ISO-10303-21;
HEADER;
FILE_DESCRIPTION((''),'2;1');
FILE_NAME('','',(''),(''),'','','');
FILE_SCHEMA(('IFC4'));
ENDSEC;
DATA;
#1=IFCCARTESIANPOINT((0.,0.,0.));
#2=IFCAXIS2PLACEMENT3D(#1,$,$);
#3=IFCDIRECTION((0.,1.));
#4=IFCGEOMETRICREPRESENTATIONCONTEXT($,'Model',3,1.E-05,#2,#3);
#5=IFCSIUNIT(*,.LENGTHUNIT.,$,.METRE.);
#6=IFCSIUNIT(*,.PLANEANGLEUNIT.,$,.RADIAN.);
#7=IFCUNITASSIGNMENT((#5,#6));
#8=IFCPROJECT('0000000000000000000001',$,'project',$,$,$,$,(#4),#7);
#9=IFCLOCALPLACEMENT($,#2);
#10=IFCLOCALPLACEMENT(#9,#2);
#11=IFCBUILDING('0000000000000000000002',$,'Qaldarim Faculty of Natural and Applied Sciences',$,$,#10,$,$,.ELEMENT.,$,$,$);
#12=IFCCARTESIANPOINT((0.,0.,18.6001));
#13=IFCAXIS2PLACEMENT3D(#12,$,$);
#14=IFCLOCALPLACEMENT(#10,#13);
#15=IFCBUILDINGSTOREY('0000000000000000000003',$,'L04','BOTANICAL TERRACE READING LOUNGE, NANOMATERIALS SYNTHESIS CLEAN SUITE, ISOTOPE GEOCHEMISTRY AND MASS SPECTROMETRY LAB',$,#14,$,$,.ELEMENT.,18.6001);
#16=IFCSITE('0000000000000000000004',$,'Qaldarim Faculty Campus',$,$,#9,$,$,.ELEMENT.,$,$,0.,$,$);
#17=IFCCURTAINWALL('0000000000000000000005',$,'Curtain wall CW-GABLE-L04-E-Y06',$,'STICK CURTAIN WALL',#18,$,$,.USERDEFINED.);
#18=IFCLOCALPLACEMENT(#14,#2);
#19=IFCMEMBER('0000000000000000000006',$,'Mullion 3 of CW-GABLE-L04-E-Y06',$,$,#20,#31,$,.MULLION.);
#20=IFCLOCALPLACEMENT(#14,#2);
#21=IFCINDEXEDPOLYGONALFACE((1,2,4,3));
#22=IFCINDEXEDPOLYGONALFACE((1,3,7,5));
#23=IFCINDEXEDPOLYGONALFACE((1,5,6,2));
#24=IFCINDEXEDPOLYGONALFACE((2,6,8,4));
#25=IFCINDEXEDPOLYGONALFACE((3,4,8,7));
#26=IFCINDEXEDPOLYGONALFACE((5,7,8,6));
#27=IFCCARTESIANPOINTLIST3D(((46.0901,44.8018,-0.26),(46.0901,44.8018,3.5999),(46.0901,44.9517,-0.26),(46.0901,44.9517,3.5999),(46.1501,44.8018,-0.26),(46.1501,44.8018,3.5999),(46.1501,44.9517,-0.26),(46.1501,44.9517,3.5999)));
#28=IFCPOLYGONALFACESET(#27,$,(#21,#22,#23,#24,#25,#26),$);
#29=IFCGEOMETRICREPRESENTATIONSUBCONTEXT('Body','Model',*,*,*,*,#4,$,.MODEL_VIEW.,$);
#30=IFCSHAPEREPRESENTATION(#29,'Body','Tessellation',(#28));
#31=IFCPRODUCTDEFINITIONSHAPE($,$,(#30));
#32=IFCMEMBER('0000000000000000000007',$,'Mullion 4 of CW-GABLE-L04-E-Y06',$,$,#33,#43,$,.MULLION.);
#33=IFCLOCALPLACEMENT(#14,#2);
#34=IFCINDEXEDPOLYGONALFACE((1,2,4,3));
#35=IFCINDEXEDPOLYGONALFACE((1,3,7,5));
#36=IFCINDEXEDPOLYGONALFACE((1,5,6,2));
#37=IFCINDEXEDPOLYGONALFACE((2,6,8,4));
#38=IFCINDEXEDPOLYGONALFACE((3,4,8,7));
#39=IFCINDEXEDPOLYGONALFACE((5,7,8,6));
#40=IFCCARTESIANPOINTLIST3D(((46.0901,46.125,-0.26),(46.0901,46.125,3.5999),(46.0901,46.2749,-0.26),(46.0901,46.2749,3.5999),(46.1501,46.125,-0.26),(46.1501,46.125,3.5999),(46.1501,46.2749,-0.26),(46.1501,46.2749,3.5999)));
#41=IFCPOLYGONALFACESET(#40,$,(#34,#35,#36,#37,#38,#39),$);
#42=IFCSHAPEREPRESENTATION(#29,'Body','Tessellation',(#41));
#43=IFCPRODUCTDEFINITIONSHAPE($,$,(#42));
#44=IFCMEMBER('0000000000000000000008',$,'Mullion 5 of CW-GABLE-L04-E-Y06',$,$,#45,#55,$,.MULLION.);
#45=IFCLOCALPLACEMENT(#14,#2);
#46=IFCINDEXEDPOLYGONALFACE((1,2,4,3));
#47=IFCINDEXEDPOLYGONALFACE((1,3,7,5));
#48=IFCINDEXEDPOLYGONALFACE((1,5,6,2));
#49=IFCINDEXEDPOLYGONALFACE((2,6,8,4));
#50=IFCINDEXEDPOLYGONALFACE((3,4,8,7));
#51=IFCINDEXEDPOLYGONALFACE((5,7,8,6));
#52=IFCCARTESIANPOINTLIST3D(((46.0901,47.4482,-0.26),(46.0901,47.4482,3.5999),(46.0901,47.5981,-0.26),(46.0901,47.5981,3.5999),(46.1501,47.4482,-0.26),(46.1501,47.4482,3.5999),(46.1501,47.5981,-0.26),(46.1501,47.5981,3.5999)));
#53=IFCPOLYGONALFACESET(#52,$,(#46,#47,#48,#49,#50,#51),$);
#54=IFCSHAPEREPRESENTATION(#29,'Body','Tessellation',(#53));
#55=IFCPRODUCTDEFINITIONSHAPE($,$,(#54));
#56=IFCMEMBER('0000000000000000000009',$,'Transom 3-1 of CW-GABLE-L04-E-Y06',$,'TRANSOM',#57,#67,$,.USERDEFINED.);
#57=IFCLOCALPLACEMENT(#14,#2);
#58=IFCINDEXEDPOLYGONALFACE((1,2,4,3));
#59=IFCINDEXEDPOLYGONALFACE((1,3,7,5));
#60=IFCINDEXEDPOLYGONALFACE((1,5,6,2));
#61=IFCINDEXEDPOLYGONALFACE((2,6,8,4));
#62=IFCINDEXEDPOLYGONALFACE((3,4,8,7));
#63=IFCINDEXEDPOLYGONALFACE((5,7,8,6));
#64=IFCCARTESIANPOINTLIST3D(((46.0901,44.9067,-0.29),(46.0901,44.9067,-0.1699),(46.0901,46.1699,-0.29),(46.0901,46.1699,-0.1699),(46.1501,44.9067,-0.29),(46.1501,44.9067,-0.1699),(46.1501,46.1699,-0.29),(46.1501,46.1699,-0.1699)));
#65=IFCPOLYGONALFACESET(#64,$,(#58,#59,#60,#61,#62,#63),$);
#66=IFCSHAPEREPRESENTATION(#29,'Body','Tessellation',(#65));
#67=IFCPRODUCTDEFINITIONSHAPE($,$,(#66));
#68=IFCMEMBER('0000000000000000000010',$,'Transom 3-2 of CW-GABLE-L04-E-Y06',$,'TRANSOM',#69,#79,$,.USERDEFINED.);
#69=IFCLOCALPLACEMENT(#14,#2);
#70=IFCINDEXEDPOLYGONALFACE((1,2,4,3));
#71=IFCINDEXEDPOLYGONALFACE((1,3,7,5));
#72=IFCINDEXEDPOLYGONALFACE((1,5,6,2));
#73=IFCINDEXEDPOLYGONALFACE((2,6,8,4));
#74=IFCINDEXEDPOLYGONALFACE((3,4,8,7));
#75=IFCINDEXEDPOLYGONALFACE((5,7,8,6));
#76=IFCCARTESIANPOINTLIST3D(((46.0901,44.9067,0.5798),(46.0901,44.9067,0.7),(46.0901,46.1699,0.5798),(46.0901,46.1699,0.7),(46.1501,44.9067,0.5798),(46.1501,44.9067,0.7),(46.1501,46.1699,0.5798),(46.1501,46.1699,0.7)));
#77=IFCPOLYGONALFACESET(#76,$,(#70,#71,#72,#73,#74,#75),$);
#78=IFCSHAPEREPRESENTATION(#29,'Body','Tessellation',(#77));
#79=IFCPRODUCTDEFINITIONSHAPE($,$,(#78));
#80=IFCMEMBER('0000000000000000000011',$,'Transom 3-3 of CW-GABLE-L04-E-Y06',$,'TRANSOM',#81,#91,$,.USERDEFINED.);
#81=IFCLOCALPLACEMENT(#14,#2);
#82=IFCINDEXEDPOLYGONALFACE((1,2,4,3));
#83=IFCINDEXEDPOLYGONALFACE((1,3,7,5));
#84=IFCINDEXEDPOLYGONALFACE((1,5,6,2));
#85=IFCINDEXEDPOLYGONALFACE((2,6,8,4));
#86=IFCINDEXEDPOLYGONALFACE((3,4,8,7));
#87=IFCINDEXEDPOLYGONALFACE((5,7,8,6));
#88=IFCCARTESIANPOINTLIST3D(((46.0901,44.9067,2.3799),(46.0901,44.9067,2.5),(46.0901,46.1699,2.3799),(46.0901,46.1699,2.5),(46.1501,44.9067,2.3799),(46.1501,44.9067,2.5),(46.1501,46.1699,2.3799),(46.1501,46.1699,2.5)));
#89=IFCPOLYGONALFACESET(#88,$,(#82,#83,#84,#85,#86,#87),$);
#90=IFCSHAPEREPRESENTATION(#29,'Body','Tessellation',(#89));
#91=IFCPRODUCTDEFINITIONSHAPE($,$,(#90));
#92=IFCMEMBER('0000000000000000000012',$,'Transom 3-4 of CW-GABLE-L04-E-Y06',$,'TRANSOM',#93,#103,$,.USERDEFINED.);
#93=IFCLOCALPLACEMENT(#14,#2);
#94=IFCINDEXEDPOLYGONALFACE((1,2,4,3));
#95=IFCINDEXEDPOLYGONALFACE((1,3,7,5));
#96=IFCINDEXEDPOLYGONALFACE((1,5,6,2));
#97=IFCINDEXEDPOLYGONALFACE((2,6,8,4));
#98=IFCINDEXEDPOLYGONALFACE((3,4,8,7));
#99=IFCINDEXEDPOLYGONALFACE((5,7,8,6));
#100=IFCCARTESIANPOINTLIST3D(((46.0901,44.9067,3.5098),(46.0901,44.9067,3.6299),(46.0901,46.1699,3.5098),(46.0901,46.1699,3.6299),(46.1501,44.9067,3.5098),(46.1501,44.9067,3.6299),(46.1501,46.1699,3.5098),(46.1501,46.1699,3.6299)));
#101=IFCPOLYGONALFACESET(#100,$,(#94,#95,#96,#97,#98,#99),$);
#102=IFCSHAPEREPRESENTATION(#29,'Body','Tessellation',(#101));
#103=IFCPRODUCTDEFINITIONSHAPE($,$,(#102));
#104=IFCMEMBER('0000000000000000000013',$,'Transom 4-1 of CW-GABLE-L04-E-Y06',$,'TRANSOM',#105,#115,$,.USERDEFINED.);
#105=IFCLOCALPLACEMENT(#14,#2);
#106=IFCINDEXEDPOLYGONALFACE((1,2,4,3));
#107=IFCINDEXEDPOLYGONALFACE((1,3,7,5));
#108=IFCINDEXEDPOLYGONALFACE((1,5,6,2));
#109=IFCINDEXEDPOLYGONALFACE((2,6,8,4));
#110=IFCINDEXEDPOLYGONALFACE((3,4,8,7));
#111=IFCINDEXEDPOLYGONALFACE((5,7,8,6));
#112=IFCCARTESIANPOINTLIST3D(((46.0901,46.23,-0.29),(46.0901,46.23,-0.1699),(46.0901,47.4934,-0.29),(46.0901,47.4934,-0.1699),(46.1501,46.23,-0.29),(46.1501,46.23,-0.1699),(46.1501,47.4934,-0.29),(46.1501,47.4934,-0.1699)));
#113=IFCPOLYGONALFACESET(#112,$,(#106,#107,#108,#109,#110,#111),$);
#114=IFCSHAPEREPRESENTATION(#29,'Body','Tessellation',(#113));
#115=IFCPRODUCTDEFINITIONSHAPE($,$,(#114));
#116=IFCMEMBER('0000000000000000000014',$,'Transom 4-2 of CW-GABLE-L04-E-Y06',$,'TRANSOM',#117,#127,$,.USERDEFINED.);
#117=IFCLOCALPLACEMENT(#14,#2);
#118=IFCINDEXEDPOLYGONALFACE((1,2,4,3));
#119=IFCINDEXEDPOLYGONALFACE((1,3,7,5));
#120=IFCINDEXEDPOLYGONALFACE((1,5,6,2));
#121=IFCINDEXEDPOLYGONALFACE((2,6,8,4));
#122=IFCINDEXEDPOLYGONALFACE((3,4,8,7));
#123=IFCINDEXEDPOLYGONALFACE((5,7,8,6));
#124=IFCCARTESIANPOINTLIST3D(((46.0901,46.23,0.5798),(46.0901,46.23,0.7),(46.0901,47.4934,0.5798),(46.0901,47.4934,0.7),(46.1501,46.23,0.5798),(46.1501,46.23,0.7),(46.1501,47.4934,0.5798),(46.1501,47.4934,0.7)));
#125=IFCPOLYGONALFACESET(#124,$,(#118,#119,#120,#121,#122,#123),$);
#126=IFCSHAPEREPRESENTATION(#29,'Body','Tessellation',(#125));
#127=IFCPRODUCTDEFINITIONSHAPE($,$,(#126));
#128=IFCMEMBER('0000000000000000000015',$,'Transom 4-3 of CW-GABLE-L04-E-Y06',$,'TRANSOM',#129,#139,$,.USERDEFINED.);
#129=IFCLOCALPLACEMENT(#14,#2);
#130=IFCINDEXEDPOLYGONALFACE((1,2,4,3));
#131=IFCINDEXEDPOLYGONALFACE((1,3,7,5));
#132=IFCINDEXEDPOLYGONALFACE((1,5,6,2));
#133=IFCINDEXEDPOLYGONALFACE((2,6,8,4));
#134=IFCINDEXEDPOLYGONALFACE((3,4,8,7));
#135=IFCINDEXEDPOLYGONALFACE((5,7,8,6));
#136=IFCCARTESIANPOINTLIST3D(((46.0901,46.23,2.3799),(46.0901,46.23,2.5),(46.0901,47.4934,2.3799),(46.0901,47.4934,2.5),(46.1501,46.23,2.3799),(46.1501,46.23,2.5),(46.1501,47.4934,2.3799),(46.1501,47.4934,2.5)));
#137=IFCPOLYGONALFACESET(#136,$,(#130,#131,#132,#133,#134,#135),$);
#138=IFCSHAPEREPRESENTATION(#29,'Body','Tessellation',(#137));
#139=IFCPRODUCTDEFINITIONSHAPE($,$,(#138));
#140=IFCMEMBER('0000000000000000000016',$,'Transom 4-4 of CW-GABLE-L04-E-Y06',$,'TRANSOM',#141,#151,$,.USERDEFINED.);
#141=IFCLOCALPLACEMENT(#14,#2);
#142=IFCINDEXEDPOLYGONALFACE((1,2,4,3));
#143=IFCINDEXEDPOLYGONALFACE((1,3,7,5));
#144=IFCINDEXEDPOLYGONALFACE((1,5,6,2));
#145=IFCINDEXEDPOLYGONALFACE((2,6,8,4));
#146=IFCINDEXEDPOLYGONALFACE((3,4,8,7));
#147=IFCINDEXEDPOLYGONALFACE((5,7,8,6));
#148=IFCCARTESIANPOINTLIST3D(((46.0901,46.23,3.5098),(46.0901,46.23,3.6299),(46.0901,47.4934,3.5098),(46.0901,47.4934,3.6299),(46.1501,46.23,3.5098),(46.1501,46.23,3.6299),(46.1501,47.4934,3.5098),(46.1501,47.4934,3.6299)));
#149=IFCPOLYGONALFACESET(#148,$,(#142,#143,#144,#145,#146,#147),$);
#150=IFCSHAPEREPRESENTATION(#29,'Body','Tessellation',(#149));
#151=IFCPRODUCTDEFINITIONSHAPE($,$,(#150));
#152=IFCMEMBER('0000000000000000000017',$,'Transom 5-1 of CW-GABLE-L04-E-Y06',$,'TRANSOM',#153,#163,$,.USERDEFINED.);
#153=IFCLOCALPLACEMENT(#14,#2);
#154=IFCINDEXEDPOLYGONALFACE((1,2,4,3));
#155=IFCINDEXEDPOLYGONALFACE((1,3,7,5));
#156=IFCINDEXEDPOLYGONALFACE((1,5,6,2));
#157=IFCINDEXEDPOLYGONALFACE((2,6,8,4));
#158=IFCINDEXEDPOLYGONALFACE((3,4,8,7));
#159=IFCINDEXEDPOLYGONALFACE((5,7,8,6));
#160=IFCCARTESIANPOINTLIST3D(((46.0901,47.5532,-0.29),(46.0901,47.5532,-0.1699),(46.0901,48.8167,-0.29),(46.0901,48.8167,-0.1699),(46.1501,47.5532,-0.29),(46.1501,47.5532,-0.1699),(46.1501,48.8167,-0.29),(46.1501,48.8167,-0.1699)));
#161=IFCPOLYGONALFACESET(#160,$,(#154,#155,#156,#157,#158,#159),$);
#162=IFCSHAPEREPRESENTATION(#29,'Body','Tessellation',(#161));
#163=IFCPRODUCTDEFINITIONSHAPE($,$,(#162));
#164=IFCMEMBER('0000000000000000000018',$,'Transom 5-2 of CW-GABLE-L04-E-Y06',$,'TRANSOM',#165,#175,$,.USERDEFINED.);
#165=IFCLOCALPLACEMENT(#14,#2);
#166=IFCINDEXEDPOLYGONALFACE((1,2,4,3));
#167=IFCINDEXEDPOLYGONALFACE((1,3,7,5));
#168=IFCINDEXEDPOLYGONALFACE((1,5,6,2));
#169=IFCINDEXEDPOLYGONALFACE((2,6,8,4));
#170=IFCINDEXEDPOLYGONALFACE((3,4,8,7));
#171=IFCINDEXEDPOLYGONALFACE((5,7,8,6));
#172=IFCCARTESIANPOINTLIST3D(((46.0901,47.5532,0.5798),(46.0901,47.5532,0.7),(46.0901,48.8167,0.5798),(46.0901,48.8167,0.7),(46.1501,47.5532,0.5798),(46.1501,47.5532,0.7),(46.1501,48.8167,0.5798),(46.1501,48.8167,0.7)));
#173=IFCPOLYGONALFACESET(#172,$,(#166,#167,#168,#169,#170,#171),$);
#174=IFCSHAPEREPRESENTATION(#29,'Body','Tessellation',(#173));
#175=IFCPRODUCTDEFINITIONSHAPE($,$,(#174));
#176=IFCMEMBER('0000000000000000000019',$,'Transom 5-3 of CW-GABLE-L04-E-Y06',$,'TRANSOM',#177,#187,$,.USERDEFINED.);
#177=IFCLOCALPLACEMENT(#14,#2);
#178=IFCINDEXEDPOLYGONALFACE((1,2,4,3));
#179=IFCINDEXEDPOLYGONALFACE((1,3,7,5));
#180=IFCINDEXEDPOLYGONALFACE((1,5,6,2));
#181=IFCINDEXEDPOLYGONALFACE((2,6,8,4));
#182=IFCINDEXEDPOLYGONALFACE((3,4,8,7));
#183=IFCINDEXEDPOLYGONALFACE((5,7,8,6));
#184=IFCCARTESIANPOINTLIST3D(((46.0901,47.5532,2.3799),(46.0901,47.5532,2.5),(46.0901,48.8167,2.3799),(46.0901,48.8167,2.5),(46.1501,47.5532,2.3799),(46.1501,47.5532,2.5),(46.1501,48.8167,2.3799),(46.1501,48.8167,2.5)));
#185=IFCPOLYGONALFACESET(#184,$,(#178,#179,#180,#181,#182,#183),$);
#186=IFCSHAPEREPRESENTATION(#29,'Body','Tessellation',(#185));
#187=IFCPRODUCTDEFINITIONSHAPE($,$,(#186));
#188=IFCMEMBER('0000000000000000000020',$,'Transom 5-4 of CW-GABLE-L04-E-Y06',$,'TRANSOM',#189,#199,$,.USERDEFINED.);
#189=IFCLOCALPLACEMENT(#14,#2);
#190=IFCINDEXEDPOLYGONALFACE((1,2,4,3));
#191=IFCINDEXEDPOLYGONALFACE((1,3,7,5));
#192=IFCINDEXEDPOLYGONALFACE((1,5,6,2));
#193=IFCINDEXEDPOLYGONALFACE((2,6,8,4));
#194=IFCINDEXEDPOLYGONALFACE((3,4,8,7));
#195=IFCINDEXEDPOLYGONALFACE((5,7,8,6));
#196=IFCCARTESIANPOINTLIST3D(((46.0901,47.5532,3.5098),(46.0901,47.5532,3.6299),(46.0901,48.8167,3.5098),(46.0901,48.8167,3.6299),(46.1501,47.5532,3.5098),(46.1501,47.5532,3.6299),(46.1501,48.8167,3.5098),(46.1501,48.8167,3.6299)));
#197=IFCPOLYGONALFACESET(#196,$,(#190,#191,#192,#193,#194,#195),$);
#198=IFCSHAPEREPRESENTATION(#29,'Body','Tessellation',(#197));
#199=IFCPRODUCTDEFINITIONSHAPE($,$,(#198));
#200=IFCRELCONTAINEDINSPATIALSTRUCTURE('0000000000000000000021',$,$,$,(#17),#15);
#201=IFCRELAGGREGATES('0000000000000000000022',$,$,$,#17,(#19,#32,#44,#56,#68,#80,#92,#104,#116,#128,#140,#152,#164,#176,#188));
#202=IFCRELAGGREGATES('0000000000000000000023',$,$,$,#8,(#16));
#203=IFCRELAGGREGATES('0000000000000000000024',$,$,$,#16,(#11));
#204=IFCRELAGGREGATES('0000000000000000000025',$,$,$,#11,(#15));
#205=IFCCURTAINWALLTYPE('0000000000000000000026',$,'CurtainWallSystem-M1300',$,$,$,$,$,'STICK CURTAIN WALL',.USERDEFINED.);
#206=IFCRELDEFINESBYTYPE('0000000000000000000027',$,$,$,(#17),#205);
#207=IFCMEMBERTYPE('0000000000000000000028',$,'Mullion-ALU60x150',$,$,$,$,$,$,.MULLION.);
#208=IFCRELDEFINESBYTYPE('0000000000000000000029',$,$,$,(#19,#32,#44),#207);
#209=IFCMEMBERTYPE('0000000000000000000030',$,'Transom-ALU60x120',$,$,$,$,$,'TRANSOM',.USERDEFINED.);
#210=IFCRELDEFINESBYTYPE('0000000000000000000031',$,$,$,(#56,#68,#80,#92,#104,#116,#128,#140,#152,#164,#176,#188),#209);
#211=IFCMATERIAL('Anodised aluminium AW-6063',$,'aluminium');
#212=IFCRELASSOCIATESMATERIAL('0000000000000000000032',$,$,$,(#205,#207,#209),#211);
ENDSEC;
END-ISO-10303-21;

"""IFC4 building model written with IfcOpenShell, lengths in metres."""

from ifc_helpers import new_model, si_unit, direction, frame, origin, origin_2d, place, context, subcontext, project, spatial, rectangle, extrude, material, material_profile, profile_set, type_object, element, aggregate, save


model = new_model("IFC4")

# Units and contexts
model_context = context("Model", 3, precision=1e-05, world=origin(), true_north=direction((0.0, 1.0)))
body_context = subcontext(model_context, "Body", "Model", "MODEL_VIEW")
ifc_project = project(units=[si_unit("LENGTHUNIT", "METRE"), si_unit("PLANEANGLEUNIT", "RADIAN")], contexts=[model_context])

# Site, building, storey
site_placement = place(None, origin())
site = spatial("IfcSite", under=ifc_project, at=site_placement, Name="Qaldarim Faculty Campus", CompositionType="ELEMENT", RefElevation=0.0)
building_placement = place(site_placement, origin())
building = spatial("IfcBuilding", under=site, at=building_placement, Name="Qaldarim Faculty of Natural and Applied Sciences", CompositionType="ELEMENT")
storey_placement = place(building_placement, frame((0.0, 0.0, 18.6001)))
storey = spatial("IfcBuildingStorey", under=building, at=storey_placement, Name="L04", Description="BOTANICAL TERRACE READING LOUNGE, NANOMATERIALS SYNTHESIS CLEAN SUITE, ISOTOPE GEOCHEMISTRY AND MASS SPECTROMETRY LAB", CompositionType="ELEMENT", Elevation=18.6001)

# Curtain wall, members
ifc_material_1 = material(Name="Anodised aluminium AW-6063", Category="aluminium")
curtain_wall_type = type_object("IfcCurtainWallType", Name="CurtainWallSystem-M1300", ElementType="STICK CURTAIN WALL", PredefinedType="USERDEFINED", material=ifc_material_1)
curtain_wall_placement = place(storey_placement, origin())
curtain_wall = element("IfcCurtainWall", 1, at=curtain_wall_placement, inside=storey, type_object=curtain_wall_type, Name="Curtain wall CW-GABLE-L04-E-Y06", ObjectType="STICK CURTAIN WALL", PredefinedType="USERDEFINED")
ifc_material_profile_1 = material_profile(ifc_material_1, rectangle(XDim=0.0601, YDim=0.1499, at=origin_2d()), Name="ALU-M60x150")
ifc_profile_set_1 = profile_set([ifc_material_profile_1], Name="Anodised aluminium AW-6063")
member_type_1 = type_object("IfcMemberType", Name="Mullion-ALU60x150", PredefinedType="MULLION", material=ifc_profile_set_1)
member_1_placement = place(storey_placement, frame((46.1201, 44.8767, -0.26), z_axis=(0.0, 0.0, 1.0), x_axis=(-1.0, 0.0, 0.0)))
member_1 = element("IfcMember", 2, at=member_1_placement, type_object=member_type_1, Name="Mullion 3 of CW-GABLE-L04-E-Y06", PredefinedType="MULLION", context=body_context, shape_type="SweptSolid", body=[
    extrude(rectangle(XDim=0.0601, YDim=0.1499, at=origin_2d()), origin(), (0.0, 0.0, 1.0), 3.8599),
])
member_2_placement = place(storey_placement, frame((46.1201, 46.2, -0.26), z_axis=(0.0, 0.0, 1.0), x_axis=(-1.0, 0.0, 0.0)))
member_2 = element("IfcMember", 3, at=member_2_placement, type_object=member_type_1, Name="Mullion 4 of CW-GABLE-L04-E-Y06", PredefinedType="MULLION", context=body_context, shape_type="SweptSolid", body=[
    extrude(rectangle(XDim=0.0601, YDim=0.1499, at=origin_2d()), origin(), (0.0, 0.0, 1.0), 3.8599),
])
member_3_placement = place(storey_placement, frame((46.1201, 47.5232, -0.26), z_axis=(0.0, 0.0, 1.0), x_axis=(-1.0, 0.0, 0.0)))
member_3 = element("IfcMember", 4, at=member_3_placement, type_object=member_type_1, Name="Mullion 5 of CW-GABLE-L04-E-Y06", PredefinedType="MULLION", context=body_context, shape_type="SweptSolid", body=[
    extrude(rectangle(XDim=0.0601, YDim=0.1499, at=origin_2d()), origin(), (0.0, 0.0, 1.0), 3.8599),
])
ifc_material_profile_2 = material_profile(ifc_material_1, rectangle(XDim=0.0601, YDim=0.1201, at=origin_2d()), Name="ALU-T60x120")
ifc_profile_set_2 = profile_set([ifc_material_profile_2], Name="Anodised aluminium AW-6063")
member_type_2 = type_object("IfcMemberType", Name="Transom-ALU60x120", ElementType="TRANSOM", PredefinedType="USERDEFINED", material=ifc_profile_set_2)
member_4_placement = place(storey_placement, frame((46.1201, 44.9067, -0.23), z_axis=(0.0, 1.0, 0.0), x_axis=(-1.0, 0.0, 0.0)))
member_4 = element("IfcMember", 5, at=member_4_placement, type_object=member_type_2, Name="Transom 3-1 of CW-GABLE-L04-E-Y06", ObjectType="TRANSOM", PredefinedType="USERDEFINED", context=body_context, shape_type="SweptSolid", body=[
    extrude(rectangle(XDim=0.0601, YDim=0.1201, at=origin_2d()), origin(), (0.0, 0.0, 1.0), 1.2632),
])
member_5_placement = place(storey_placement, frame((46.1201, 44.9067, 0.6399), z_axis=(0.0, 1.0, 0.0), x_axis=(-1.0, 0.0, 0.0)))
member_5 = element("IfcMember", 6, at=member_5_placement, type_object=member_type_2, Name="Transom 3-2 of CW-GABLE-L04-E-Y06", ObjectType="TRANSOM", PredefinedType="USERDEFINED", context=body_context, shape_type="SweptSolid", body=[
    extrude(rectangle(XDim=0.0601, YDim=0.1201, at=origin_2d()), origin(), (0.0, 0.0, 1.0), 1.2632),
])
member_6_placement = place(storey_placement, frame((46.1201, 44.9067, 2.4399), z_axis=(0.0, 1.0, 0.0), x_axis=(-1.0, 0.0, 0.0)))
member_6 = element("IfcMember", 7, at=member_6_placement, type_object=member_type_2, Name="Transom 3-3 of CW-GABLE-L04-E-Y06", ObjectType="TRANSOM", PredefinedType="USERDEFINED", context=body_context, shape_type="SweptSolid", body=[
    extrude(rectangle(XDim=0.0601, YDim=0.1201, at=origin_2d()), origin(), (0.0, 0.0, 1.0), 1.2632),
])
member_7_placement = place(storey_placement, frame((46.1201, 44.9067, 3.5698), z_axis=(0.0, 1.0, 0.0), x_axis=(-1.0, 0.0, 0.0)))
member_7 = element("IfcMember", 8, at=member_7_placement, type_object=member_type_2, Name="Transom 3-4 of CW-GABLE-L04-E-Y06", ObjectType="TRANSOM", PredefinedType="USERDEFINED", context=body_context, shape_type="SweptSolid", body=[
    extrude(rectangle(XDim=0.0601, YDim=0.1201, at=origin_2d()), origin(), (0.0, 0.0, 1.0), 1.2632),
])
member_8_placement = place(storey_placement, frame((46.1201, 46.23, -0.23), z_axis=(0.0, 1.0, 0.0), x_axis=(-1.0, 0.0, 0.0)))
member_8 = element("IfcMember", 9, at=member_8_placement, type_object=member_type_2, Name="Transom 4-1 of CW-GABLE-L04-E-Y06", ObjectType="TRANSOM", PredefinedType="USERDEFINED", context=body_context, shape_type="SweptSolid", body=[
    extrude(rectangle(XDim=0.0601, YDim=0.1201, at=origin_2d()), origin(), (0.0, 0.0, 1.0), 1.2634),
])
member_9_placement = place(storey_placement, frame((46.1201, 46.23, 0.6399), z_axis=(0.0, 1.0, 0.0), x_axis=(-1.0, 0.0, 0.0)))
member_9 = element("IfcMember", 10, at=member_9_placement, type_object=member_type_2, Name="Transom 4-2 of CW-GABLE-L04-E-Y06", ObjectType="TRANSOM", PredefinedType="USERDEFINED", context=body_context, shape_type="SweptSolid", body=[
    extrude(rectangle(XDim=0.0601, YDim=0.1201, at=origin_2d()), origin(), (0.0, 0.0, 1.0), 1.2634),
])
member_10_placement = place(storey_placement, frame((46.1201, 46.23, 2.4399), z_axis=(0.0, 1.0, 0.0), x_axis=(-1.0, 0.0, 0.0)))
member_10 = element("IfcMember", 11, at=member_10_placement, type_object=member_type_2, Name="Transom 4-3 of CW-GABLE-L04-E-Y06", ObjectType="TRANSOM", PredefinedType="USERDEFINED", context=body_context, shape_type="SweptSolid", body=[
    extrude(rectangle(XDim=0.0601, YDim=0.1201, at=origin_2d()), origin(), (0.0, 0.0, 1.0), 1.2634),
])
member_11_placement = place(storey_placement, frame((46.1201, 46.23, 3.5698), z_axis=(0.0, 1.0, 0.0), x_axis=(-1.0, 0.0, 0.0)))
member_11 = element("IfcMember", 12, at=member_11_placement, type_object=member_type_2, Name="Transom 4-4 of CW-GABLE-L04-E-Y06", ObjectType="TRANSOM", PredefinedType="USERDEFINED", context=body_context, shape_type="SweptSolid", body=[
    extrude(rectangle(XDim=0.0601, YDim=0.1201, at=origin_2d()), origin(), (0.0, 0.0, 1.0), 1.2634),
])
member_12_placement = place(storey_placement, frame((46.1201, 47.5532, -0.23), z_axis=(0.0, 1.0, 0.0), x_axis=(-1.0, 0.0, 0.0)))
member_12 = element("IfcMember", 13, at=member_12_placement, type_object=member_type_2, Name="Transom 5-1 of CW-GABLE-L04-E-Y06", ObjectType="TRANSOM", PredefinedType="USERDEFINED", context=body_context, shape_type="SweptSolid", body=[
    extrude(rectangle(XDim=0.0601, YDim=0.1201, at=origin_2d()), origin(), (0.0, 0.0, 1.0), 1.2634),
])
member_13_placement = place(storey_placement, frame((46.1201, 47.5532, 0.6399), z_axis=(0.0, 1.0, 0.0), x_axis=(-1.0, 0.0, 0.0)))
member_13 = element("IfcMember", 14, at=member_13_placement, type_object=member_type_2, Name="Transom 5-2 of CW-GABLE-L04-E-Y06", ObjectType="TRANSOM", PredefinedType="USERDEFINED", context=body_context, shape_type="SweptSolid", body=[
    extrude(rectangle(XDim=0.0601, YDim=0.1201, at=origin_2d()), origin(), (0.0, 0.0, 1.0), 1.2634),
])
member_14_placement = place(storey_placement, frame((46.1201, 47.5532, 2.4399), z_axis=(0.0, 1.0, 0.0), x_axis=(-1.0, 0.0, 0.0)))
member_14 = element("IfcMember", 15, at=member_14_placement, type_object=member_type_2, Name="Transom 5-3 of CW-GABLE-L04-E-Y06", ObjectType="TRANSOM", PredefinedType="USERDEFINED", context=body_context, shape_type="SweptSolid", body=[
    extrude(rectangle(XDim=0.0601, YDim=0.1201, at=origin_2d()), origin(), (0.0, 0.0, 1.0), 1.2634),
])
member_15_placement = place(storey_placement, frame((46.1201, 47.5532, 3.5698), z_axis=(0.0, 1.0, 0.0), x_axis=(-1.0, 0.0, 0.0)))
member_15 = element("IfcMember", 16, at=member_15_placement, type_object=member_type_2, Name="Transom 5-4 of CW-GABLE-L04-E-Y06", ObjectType="TRANSOM", PredefinedType="USERDEFINED", context=body_context, shape_type="SweptSolid", body=[
    extrude(rectangle(XDim=0.0601, YDim=0.1201, at=origin_2d()), origin(), (0.0, 0.0, 1.0), 1.2634),
])
aggregate(curtain_wall, [member_1, member_2, member_3, member_4, member_5, member_6, member_7, member_8, member_9, member_10, member_11, member_12, member_13, member_14, member_15])

save(model, "model.ifc")
